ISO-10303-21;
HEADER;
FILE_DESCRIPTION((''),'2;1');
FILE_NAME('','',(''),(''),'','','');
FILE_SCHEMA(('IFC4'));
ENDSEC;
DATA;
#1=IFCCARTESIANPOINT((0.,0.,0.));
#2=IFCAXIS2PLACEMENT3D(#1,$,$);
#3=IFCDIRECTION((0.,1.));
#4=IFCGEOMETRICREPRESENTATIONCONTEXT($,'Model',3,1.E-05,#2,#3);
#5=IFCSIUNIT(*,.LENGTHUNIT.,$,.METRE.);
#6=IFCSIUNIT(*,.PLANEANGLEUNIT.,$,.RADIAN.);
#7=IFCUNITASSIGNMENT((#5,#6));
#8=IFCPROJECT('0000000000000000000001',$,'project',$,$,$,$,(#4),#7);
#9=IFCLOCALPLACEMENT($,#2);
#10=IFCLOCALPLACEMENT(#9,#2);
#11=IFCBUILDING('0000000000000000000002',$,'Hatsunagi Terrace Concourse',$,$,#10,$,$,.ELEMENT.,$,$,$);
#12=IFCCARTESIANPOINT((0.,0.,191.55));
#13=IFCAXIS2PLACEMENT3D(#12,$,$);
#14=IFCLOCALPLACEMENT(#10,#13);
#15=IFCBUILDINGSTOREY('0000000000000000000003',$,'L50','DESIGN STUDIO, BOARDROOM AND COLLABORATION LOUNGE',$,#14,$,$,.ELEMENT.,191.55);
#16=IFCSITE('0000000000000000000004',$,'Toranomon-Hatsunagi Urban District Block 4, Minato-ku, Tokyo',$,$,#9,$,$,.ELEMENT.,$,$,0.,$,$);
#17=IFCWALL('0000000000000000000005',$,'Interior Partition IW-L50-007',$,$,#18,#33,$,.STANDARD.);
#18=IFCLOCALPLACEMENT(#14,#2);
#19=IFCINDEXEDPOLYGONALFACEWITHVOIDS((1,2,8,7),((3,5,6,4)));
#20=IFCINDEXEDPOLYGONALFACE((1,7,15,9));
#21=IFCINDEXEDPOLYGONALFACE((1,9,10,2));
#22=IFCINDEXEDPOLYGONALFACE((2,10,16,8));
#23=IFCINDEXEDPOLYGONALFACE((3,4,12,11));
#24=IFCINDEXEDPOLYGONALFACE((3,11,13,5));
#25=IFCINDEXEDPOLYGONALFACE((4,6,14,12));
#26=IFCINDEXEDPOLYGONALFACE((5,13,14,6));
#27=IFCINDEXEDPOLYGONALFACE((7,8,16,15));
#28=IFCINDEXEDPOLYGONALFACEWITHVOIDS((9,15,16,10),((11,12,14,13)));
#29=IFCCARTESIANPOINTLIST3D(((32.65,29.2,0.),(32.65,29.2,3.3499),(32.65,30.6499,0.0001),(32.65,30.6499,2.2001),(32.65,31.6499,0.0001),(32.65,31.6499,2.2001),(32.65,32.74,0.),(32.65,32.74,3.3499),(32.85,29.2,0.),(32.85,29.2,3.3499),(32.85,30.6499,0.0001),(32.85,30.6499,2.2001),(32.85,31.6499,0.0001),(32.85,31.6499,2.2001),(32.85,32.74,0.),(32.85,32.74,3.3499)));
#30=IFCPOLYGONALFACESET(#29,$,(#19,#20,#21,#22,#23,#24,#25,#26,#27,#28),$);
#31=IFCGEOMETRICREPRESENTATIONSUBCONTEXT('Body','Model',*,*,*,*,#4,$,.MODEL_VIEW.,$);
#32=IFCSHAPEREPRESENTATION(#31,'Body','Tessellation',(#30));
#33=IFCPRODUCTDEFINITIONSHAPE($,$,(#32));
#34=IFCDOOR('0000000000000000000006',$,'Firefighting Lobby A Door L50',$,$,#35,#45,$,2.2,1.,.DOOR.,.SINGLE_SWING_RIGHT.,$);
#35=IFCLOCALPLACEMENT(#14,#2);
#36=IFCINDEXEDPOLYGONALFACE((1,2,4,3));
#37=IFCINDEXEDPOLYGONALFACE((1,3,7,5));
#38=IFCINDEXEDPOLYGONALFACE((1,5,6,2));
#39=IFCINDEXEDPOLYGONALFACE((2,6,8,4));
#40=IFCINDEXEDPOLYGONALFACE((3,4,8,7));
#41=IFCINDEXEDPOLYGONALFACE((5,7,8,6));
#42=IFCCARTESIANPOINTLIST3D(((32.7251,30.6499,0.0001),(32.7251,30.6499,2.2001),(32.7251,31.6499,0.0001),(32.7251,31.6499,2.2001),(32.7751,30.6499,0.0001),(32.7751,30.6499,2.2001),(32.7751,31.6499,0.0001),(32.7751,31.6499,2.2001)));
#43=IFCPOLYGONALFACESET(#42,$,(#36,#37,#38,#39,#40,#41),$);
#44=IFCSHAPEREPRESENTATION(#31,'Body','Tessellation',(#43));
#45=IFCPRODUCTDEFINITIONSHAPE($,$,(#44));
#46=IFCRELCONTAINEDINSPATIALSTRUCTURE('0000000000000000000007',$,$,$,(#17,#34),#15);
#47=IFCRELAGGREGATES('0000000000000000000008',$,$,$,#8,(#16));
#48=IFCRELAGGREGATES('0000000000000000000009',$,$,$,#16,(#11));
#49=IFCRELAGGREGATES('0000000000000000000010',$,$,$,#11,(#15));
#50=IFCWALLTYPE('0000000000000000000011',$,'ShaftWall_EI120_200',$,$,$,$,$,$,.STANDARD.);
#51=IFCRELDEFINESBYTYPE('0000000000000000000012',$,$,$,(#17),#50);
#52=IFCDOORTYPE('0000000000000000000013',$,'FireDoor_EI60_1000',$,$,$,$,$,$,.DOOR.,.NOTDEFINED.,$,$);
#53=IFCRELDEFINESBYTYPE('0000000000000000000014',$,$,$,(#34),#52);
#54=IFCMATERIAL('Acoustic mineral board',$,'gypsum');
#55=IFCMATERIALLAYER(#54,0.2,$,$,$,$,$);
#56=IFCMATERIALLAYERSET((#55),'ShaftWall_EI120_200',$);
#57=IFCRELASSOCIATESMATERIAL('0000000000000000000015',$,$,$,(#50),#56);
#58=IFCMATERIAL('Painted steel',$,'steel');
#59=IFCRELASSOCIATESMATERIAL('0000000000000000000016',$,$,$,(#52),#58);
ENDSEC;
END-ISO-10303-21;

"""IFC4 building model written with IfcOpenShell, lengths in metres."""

from ifc_helpers import new_model, si_unit, direction, frame, frame_2d, origin, place, context, subcontext, project, spatial, rectangle, extrude, material, layer, layer_set, type_object, element, fill, save


model = new_model("IFC4")

# Units and contexts
model_context = context("Model", 3, precision=1e-05, world=origin(), true_north=direction((0.0, 1.0)))
body_context = subcontext(model_context, "Body", "Model", "MODEL_VIEW")
ifc_project = project(units=[si_unit("LENGTHUNIT", "METRE"), si_unit("PLANEANGLEUNIT", "RADIAN")], contexts=[model_context])

# Site, building, storey
site_placement = place(None, origin())
site = spatial("IfcSite", under=ifc_project, at=site_placement, Name="Toranomon-Hatsunagi Urban District Block 4, Minato-ku, Tokyo", CompositionType="ELEMENT", RefElevation=0.0)
building_placement = place(site_placement, origin())
building = spatial("IfcBuilding", under=site, at=building_placement, Name="Hatsunagi Terrace Concourse", CompositionType="ELEMENT")
storey_placement = place(building_placement, frame((0.0, 0.0, 191.55)))
storey = spatial("IfcBuildingStorey", under=building, at=storey_placement, Name="L50", Description="DESIGN STUDIO, BOARDROOM AND COLLABORATION LOUNGE", CompositionType="ELEMENT", Elevation=191.55)

# Shared definitions
ifc_material_1 = material(Name="Acoustic mineral board", Category="gypsum")
ifc_layer_1 = layer(ifc_material_1, 0.2)
ifc_layer_set_1 = layer_set([ifc_layer_1], Name="ShaftWall_EI120_200")
wall_type_1 = type_object("IfcWallType", Name="ShaftWall_EI120_200", PredefinedType="STANDARD", material=ifc_layer_set_1)

# Wall, opening, door
wall_1_placement = place(storey_placement, frame((32.75, 29.2, 0.0), z_axis=(0.0, 0.0, 1.0), x_axis=(0.0, 1.0, 0.0)))
wall_1 = element("IfcWall", 1, at=wall_1_placement, inside=storey, type_object=wall_type_1, Name="Interior Partition IW-L50-007", PredefinedType="STANDARD", context=body_context, shape_type="SweptSolid", body=[
    extrude(rectangle(XDim=3.54, YDim=0.2, at=frame_2d((1.77, 0.0))), origin(), (0.0, 0.0, 1.0), 3.3499),
])
opening_1_placement = place(wall_1_placement, frame((1.45, 0.0, 0.0)))
opening_1 = element("IfcOpeningElement", 2, at=opening_1_placement, cuts=wall_1, PredefinedType="OPENING", context=body_context, shape_type="SweptSolid", body=[
    extrude(rectangle(XDim=1.0, YDim=2.2, at=frame_2d((0.5, 1.1001))), frame((0.0, 0.1099, 0.0), z_axis=(0.0, -1.0, 0.0), x_axis=(1.0, 0.0, 0.0)), (0.0, 0.0, 1.0), 0.22),
])
ifc_material_2 = material(Name="Painted steel", Category="steel")
door_type_1 = type_object("IfcDoorType", Name="FireDoor_EI60_1000", OperationType="NOTDEFINED", PredefinedType="DOOR", material=ifc_material_2)
door_1_placement = place(opening_1_placement, origin())
door_1 = element("IfcDoor", 3, at=door_1_placement, inside=storey, type_object=door_type_1, Name="Firefighting Lobby A Door L50", OperationType="SINGLE_SWING_RIGHT", OverallHeight=2.2, OverallWidth=1.0, PredefinedType="DOOR", context=body_context, shape_type="SweptSolid", body=[
    extrude(rectangle(XDim=1.0, YDim=2.2, at=frame_2d((0.5, 1.1001))), frame((0.0, 0.0249, 0.0), z_axis=(0.0, -1.0, 0.0), x_axis=(1.0, 0.0, 0.0)), (0.0, 0.0, 1.0), 0.05),
])
fill(opening_1, door_1)

save(model, "model.ifc")
